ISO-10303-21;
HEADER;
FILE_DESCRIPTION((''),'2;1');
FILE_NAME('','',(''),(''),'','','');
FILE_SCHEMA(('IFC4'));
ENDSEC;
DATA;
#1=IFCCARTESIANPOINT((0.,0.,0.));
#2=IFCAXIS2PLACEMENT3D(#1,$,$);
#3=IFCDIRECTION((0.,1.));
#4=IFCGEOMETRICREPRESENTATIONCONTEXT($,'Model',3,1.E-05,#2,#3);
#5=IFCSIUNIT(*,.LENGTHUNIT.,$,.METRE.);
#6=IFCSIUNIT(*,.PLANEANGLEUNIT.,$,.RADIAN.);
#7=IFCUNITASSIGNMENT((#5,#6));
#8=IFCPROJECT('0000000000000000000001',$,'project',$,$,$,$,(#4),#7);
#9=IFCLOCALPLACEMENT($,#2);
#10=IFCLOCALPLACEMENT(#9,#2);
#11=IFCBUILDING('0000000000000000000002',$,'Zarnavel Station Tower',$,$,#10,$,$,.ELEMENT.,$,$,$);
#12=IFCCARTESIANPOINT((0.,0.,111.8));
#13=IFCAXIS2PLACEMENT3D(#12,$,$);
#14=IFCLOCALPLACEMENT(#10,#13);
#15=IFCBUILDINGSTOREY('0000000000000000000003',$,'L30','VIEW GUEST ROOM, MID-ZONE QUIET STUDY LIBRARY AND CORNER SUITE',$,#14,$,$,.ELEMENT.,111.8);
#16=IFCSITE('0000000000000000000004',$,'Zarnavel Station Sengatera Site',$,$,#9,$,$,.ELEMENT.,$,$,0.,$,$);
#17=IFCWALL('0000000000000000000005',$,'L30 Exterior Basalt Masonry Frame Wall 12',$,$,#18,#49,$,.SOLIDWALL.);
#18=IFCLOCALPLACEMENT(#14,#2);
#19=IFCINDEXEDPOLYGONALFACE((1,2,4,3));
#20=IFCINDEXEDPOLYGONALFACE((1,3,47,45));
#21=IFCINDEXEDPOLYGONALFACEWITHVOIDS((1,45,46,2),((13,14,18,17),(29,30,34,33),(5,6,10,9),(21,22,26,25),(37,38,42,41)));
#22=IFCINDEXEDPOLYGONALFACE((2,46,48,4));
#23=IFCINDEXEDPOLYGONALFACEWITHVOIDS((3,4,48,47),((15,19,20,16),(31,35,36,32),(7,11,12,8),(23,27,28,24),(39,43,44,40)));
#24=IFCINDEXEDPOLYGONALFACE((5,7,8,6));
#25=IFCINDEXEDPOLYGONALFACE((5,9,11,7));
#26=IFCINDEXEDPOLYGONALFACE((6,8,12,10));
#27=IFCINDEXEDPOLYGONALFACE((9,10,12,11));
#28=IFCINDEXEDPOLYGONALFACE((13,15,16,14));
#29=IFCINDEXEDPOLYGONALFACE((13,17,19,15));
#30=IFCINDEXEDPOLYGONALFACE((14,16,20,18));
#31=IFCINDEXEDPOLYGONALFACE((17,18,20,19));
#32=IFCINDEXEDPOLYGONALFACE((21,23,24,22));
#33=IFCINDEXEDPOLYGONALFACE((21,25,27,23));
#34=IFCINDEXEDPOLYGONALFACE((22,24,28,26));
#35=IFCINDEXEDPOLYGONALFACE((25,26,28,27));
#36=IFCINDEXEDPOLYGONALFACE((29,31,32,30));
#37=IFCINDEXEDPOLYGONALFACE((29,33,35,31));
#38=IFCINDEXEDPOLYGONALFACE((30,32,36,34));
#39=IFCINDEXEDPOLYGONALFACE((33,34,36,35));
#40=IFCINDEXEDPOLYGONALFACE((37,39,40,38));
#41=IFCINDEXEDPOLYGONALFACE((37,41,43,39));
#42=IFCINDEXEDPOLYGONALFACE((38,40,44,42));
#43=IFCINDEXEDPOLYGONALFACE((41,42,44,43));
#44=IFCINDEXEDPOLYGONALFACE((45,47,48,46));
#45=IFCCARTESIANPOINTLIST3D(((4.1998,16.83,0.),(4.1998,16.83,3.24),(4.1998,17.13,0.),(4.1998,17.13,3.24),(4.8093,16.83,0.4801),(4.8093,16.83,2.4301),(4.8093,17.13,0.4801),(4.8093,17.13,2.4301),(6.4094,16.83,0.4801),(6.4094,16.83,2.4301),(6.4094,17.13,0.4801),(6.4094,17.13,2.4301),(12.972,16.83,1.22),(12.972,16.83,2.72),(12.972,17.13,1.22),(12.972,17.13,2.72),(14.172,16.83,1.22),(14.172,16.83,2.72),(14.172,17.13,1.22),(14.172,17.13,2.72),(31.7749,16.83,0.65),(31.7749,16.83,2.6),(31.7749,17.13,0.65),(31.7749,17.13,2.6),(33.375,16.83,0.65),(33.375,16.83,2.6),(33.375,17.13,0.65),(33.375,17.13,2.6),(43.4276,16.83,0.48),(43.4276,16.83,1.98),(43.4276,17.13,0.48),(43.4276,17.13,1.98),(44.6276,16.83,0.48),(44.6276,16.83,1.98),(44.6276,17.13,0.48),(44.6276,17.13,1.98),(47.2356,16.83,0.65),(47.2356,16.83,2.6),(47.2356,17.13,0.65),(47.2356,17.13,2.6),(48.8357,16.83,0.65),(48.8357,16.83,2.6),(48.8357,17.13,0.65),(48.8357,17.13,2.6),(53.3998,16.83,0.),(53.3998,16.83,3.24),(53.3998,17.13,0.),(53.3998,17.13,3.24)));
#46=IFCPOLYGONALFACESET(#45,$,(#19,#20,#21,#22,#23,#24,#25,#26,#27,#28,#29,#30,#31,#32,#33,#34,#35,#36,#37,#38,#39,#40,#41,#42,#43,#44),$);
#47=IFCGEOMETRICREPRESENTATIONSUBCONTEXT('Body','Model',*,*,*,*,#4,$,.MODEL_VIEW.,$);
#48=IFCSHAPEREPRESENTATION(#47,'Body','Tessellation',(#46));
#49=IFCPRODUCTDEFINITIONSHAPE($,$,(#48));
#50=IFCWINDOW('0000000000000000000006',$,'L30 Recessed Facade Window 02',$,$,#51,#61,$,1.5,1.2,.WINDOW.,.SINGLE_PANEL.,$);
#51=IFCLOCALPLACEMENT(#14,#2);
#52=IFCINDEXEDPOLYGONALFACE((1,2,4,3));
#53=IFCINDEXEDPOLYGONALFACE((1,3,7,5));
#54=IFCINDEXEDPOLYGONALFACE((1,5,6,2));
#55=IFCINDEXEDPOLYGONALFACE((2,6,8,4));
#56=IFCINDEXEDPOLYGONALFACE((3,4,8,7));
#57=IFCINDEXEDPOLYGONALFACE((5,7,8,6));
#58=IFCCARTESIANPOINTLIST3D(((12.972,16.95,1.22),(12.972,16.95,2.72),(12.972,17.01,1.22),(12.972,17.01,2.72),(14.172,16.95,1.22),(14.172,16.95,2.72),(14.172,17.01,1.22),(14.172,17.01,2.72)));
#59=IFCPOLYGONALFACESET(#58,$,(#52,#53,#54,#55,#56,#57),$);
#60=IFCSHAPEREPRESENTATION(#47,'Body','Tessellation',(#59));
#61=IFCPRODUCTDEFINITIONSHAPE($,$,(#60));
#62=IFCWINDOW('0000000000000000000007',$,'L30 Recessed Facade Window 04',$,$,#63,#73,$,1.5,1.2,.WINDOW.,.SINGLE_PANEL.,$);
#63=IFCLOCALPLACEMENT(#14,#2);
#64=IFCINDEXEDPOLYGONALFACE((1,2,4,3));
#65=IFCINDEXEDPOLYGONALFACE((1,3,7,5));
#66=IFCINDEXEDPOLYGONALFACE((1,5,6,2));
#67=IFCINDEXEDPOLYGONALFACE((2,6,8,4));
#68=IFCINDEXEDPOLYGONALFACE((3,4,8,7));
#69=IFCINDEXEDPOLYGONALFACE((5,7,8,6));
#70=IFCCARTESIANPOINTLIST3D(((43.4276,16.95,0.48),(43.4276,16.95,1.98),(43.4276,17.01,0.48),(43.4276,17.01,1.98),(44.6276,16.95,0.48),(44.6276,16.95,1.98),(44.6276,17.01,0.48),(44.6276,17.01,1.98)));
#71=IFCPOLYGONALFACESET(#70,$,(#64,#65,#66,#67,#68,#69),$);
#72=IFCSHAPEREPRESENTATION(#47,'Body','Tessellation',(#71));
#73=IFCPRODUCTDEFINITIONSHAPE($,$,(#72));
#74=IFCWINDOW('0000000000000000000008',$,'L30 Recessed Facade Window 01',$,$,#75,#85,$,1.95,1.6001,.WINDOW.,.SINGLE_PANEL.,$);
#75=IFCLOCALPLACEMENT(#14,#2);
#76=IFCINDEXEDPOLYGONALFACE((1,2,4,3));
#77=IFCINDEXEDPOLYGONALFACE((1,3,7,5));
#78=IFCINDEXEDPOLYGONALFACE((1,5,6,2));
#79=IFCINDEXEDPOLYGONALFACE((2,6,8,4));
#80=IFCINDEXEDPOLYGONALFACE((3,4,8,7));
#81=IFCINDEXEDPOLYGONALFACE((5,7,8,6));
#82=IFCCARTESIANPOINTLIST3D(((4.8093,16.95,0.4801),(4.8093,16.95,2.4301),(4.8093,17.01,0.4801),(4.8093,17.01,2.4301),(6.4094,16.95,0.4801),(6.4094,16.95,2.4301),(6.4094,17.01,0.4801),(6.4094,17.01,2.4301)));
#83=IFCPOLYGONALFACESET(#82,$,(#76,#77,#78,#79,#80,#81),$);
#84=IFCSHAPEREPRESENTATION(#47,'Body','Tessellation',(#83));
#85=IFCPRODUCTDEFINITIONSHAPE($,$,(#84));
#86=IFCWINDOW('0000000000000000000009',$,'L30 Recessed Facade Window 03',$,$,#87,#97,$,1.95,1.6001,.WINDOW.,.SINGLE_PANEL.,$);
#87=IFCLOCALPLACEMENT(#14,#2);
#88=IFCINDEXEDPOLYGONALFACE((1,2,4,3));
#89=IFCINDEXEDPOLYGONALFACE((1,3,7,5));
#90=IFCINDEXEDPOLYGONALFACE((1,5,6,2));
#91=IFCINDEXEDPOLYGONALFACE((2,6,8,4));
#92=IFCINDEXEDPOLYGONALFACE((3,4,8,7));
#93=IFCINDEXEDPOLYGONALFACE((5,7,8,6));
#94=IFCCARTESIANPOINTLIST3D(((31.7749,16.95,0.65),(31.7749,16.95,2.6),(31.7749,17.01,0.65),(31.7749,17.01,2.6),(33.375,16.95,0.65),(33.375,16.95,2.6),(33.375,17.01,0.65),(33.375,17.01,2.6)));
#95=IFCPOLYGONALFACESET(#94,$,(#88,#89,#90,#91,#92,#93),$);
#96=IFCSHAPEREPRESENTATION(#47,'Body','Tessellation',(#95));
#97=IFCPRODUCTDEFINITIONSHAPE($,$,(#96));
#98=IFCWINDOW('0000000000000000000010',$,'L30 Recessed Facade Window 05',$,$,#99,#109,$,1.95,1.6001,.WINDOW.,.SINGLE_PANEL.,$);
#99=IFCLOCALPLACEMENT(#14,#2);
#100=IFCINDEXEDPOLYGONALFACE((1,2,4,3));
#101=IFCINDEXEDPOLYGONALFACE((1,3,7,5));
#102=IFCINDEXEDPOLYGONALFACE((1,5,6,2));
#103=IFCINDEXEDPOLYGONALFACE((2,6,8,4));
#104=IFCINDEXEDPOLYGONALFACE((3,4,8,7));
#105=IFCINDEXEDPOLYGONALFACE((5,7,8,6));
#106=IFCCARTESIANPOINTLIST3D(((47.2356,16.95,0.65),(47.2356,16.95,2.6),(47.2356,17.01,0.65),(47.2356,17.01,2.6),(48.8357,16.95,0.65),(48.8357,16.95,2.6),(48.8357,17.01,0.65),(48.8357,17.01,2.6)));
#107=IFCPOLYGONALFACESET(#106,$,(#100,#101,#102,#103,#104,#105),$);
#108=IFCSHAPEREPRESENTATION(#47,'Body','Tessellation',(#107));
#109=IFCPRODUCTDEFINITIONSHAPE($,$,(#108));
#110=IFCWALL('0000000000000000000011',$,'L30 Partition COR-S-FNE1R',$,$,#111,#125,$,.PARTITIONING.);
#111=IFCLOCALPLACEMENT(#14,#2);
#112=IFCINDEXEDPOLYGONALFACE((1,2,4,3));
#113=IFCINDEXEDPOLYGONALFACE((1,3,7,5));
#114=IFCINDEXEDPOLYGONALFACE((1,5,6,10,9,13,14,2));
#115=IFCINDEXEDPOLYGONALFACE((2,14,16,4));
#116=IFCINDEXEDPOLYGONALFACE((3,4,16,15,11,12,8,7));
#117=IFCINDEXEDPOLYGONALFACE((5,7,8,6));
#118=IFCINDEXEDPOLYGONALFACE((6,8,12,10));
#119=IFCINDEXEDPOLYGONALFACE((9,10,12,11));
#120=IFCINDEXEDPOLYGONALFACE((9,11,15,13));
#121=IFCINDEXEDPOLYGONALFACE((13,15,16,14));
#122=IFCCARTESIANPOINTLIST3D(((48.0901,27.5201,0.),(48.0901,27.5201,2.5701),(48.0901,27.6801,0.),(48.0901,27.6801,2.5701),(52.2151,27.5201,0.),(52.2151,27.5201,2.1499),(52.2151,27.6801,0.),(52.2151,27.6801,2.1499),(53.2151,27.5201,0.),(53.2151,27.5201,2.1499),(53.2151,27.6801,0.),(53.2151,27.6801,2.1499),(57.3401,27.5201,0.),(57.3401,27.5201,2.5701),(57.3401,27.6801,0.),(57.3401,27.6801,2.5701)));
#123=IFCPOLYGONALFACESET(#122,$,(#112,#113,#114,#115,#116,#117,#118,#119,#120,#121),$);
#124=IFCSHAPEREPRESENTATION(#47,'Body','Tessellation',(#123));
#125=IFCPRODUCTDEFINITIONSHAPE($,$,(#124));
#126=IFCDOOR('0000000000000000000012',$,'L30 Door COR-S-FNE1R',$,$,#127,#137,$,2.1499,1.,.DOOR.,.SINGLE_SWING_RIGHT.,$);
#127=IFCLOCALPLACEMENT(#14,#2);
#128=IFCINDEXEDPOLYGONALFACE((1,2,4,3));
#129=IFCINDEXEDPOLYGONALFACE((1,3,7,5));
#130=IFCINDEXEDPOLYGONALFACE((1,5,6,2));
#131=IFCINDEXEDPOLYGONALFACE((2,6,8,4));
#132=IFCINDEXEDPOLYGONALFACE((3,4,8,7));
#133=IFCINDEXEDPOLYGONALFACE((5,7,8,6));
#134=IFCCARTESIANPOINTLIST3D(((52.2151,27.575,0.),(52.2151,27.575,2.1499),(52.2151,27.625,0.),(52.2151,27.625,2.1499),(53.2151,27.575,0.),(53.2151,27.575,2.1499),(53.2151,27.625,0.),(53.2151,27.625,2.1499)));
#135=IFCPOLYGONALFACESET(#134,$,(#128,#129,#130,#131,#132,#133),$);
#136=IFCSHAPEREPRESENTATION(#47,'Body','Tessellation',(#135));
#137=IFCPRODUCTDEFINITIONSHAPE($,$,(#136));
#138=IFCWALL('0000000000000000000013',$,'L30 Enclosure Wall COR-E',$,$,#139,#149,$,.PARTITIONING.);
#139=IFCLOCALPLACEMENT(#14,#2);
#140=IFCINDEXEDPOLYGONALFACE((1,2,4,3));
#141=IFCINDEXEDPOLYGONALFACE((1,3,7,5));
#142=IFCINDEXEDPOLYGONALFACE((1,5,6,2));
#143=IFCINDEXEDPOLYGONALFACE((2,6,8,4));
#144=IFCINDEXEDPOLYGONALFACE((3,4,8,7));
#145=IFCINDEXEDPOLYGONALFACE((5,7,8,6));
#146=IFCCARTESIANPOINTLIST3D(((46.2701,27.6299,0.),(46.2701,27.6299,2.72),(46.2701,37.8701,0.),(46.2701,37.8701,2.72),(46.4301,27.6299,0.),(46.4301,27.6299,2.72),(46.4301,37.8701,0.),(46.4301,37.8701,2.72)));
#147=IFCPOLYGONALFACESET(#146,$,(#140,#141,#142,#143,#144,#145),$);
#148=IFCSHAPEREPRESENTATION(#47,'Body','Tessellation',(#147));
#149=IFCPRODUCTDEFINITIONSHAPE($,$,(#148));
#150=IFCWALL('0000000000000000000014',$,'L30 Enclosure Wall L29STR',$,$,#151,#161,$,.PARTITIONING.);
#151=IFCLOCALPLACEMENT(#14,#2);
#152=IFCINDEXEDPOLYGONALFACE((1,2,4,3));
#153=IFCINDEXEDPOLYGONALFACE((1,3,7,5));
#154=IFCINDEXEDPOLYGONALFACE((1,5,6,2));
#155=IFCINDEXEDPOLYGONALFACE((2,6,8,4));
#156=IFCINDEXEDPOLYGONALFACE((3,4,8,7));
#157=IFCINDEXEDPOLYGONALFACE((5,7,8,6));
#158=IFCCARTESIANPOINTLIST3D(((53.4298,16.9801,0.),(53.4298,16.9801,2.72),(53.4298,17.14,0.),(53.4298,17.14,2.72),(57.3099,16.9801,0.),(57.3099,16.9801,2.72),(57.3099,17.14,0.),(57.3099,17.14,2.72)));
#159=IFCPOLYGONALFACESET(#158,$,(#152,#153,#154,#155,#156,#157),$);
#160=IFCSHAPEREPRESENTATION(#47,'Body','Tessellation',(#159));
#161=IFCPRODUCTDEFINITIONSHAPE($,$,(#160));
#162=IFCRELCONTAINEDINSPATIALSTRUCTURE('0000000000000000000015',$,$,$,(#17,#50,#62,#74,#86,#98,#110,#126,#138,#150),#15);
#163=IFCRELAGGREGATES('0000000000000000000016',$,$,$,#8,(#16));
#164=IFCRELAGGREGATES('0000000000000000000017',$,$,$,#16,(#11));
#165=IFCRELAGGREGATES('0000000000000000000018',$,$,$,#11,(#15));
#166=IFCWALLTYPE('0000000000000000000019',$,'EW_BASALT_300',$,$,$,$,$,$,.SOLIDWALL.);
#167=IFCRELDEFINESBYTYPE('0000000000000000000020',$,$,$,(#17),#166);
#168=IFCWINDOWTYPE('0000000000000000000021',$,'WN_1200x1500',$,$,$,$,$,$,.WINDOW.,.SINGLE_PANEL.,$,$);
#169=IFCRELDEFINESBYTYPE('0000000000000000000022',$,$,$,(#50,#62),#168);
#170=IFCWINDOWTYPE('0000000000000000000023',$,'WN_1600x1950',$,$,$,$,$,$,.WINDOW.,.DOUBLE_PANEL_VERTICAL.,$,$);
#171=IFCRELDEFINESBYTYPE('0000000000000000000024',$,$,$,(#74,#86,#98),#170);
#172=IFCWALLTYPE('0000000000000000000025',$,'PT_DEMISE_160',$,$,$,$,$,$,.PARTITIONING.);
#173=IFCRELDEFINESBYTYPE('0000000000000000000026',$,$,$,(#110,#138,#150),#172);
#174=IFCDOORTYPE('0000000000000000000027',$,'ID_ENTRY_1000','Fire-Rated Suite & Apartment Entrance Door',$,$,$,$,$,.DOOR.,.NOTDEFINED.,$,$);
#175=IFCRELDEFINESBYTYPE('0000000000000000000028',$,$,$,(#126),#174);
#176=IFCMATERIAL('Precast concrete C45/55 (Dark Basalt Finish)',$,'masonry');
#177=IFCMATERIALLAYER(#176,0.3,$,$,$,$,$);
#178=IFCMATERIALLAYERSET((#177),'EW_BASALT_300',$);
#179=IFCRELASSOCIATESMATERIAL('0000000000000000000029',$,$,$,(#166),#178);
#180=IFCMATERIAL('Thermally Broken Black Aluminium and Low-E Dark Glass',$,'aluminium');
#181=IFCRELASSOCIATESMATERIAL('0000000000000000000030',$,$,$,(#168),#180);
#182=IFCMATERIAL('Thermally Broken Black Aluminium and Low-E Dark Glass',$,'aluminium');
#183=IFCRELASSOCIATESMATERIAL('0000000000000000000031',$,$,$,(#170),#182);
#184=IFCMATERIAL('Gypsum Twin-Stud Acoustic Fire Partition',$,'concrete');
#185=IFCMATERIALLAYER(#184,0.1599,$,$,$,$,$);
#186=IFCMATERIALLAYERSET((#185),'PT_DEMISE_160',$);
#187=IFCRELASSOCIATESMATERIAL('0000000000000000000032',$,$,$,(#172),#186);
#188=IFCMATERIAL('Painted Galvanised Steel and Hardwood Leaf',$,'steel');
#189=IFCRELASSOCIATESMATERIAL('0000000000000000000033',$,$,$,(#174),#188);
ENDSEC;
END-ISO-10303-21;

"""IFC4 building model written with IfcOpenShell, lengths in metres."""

from ifc_helpers import new_model, si_unit, direction, frame, frame_2d, origin, place, context, subcontext, project, spatial, rectangle, extrude, material, layer, layer_set, type_object, element, fill, save


model = new_model("IFC4")

# Units and contexts
model_context = context("Model", 3, precision=1e-05, world=origin(), true_north=direction((0.0, 1.0)))
body_context = subcontext(model_context, "Body", "Model", "MODEL_VIEW")
ifc_project = project(units=[si_unit("LENGTHUNIT", "METRE"), si_unit("PLANEANGLEUNIT", "RADIAN")], contexts=[model_context])

# Site, building, storey
site_placement = place(None, origin())
site = spatial("IfcSite", under=ifc_project, at=site_placement, Name="Zarnavel Station Sengatera Site", CompositionType="ELEMENT", RefElevation=0.0)
building_placement = place(site_placement, origin())
building = spatial("IfcBuilding", under=site, at=building_placement, Name="Zarnavel Station Tower", CompositionType="ELEMENT")
storey_placement = place(building_placement, frame((0.0, 0.0, 111.8)))
storey = spatial("IfcBuildingStorey", under=building, at=storey_placement, Name="L30", Description="VIEW GUEST ROOM, MID-ZONE QUIET STUDY LIBRARY AND CORNER SUITE", CompositionType="ELEMENT", Elevation=111.8)

# Shared definitions
ifc_material_1 = material(Name="Precast concrete C45/55 (Dark Basalt Finish)", Category="masonry")
ifc_layer_1 = layer(ifc_material_1, 0.3)
ifc_layer_set_1 = layer_set([ifc_layer_1], Name="EW_BASALT_300")
wall_type_1 = type_object("IfcWallType", Name="EW_BASALT_300", PredefinedType="SOLIDWALL", material=ifc_layer_set_1)

# Wall, openings, windows
wall_1_placement = place(storey_placement, frame((53.3999, 16.98, 0.0), z_axis=(0.0, 0.0, 1.0), x_axis=(-1.0, 0.0, 0.0)))
wall_1 = element("IfcWall", 1, at=wall_1_placement, inside=storey, type_object=wall_type_1, Name="L30 Exterior Basalt Masonry Frame Wall 12", PredefinedType="SOLIDWALL", context=body_context, shape_type="SweptSolid", body=[
    extrude(rectangle(XDim=49.2, YDim=0.3, at=frame_2d((24.6001, 0.0))), origin(), (0.0, 0.0, 1.0), 3.24),
])
opening_1_placement = place(wall_1_placement, frame((46.9905, 0.0, 0.48)))
opening_1 = element("IfcOpeningElement", 2, at=opening_1_placement, cuts=wall_1, PredefinedType="OPENING", context=body_context, shape_type="SweptSolid", body=[
    extrude(rectangle(XDim=1.6001, YDim=1.95, at=frame_2d((0.8, 0.9751))), frame((0.0, 0.1599, 0.0), z_axis=(0.0, -1.0, 0.0), x_axis=(1.0, 0.0, 0.0)), (0.0, 0.0, 1.0), 0.3201),
])
opening_2_placement = place(wall_1_placement, frame((39.2278, 0.0, 1.22)))
opening_2 = element("IfcOpeningElement", 3, at=opening_2_placement, cuts=wall_1, PredefinedType="OPENING", context=body_context, shape_type="SweptSolid", body=[
    extrude(rectangle(XDim=1.2, YDim=1.5, at=frame_2d((0.6001, 0.75))), frame((0.0, 0.1599, 0.0), z_axis=(0.0, -1.0, 0.0), x_axis=(1.0, 0.0, 0.0)), (0.0, 0.0, 1.0), 0.3201),
])
opening_3_placement = place(wall_1_placement, frame((20.0249, 0.0, 0.6499)))
opening_3 = element("IfcOpeningElement", 4, at=opening_3_placement, cuts=wall_1, PredefinedType="OPENING", context=body_context, shape_type="SweptSolid", body=[
    extrude(rectangle(XDim=1.6001, YDim=1.95, at=frame_2d((0.8, 0.9751))), frame((0.0, 0.1599, 0.0), z_axis=(0.0, -1.0, 0.0), x_axis=(1.0, 0.0, 0.0)), (0.0, 0.0, 1.0), 0.3201),
])
opening_4_placement = place(wall_1_placement, frame((8.7722, 0.0, 0.48)))
opening_4 = element("IfcOpeningElement", 5, at=opening_4_placement, cuts=wall_1, PredefinedType="OPENING", context=body_context, shape_type="SweptSolid", body=[
    extrude(rectangle(XDim=1.2, YDim=1.5, at=frame_2d((0.6001, 0.75))), frame((0.0, 0.1599, 0.0), z_axis=(0.0, -1.0, 0.0), x_axis=(1.0, 0.0, 0.0)), (0.0, 0.0, 1.0), 0.3201),
])
opening_5_placement = place(wall_1_placement, frame((4.5642, 0.0, 0.6499)))
opening_5 = element("IfcOpeningElement", 6, at=opening_5_placement, cuts=wall_1, PredefinedType="OPENING", context=body_context, shape_type="SweptSolid", body=[
    extrude(rectangle(XDim=1.6001, YDim=1.95, at=frame_2d((0.8, 0.9751))), frame((0.0, 0.1599, 0.0), z_axis=(0.0, -1.0, 0.0), x_axis=(1.0, 0.0, 0.0)), (0.0, 0.0, 1.0), 0.3201),
])
ifc_material_2 = material(Name="Thermally Broken Black Aluminium and Low-E Dark Glass", Category="aluminium")
window_type_1 = type_object("IfcWindowType", Name="WN_1200x1500", PartitioningType="SINGLE_PANEL", PredefinedType="WINDOW", material=ifc_material_2)
window_1_placement = place(opening_2_placement, origin())
window_1 = element("IfcWindow", 7, at=window_1_placement, inside=storey, type_object=window_type_1, Name="L30 Recessed Facade Window 02", OverallHeight=1.5, OverallWidth=1.2, PartitioningType="SINGLE_PANEL", PredefinedType="WINDOW", context=body_context, shape_type="SweptSolid", body=[
    extrude(rectangle(XDim=1.2, YDim=1.5, at=frame_2d((0.6001, 0.75))), frame((0.0, 0.03, 0.0), z_axis=(0.0, -1.0, 0.0), x_axis=(1.0, 0.0, 0.0)), (0.0, 0.0, 1.0), 0.0601),
])
fill(opening_2, window_1)
window_2_placement = place(opening_4_placement, origin())
window_2 = element("IfcWindow", 8, at=window_2_placement, inside=storey, type_object=window_type_1, Name="L30 Recessed Facade Window 04", OverallHeight=1.5, OverallWidth=1.2, PartitioningType="SINGLE_PANEL", PredefinedType="WINDOW", context=body_context, shape_type="SweptSolid", body=[
    extrude(rectangle(XDim=1.2, YDim=1.5, at=frame_2d((0.6001, 0.75))), frame((0.0, 0.03, 0.0), z_axis=(0.0, -1.0, 0.0), x_axis=(1.0, 0.0, 0.0)), (0.0, 0.0, 1.0), 0.0601),
])
fill(opening_4, window_2)
ifc_material_3 = material(Name="Thermally Broken Black Aluminium and Low-E Dark Glass", Category="aluminium")
window_type_2 = type_object("IfcWindowType", Name="WN_1600x1950", PartitioningType="DOUBLE_PANEL_VERTICAL", PredefinedType="WINDOW", material=ifc_material_3)
window_3_placement = place(opening_1_placement, origin())
window_3 = element("IfcWindow", 9, at=window_3_placement, inside=storey, type_object=window_type_2, Name="L30 Recessed Facade Window 01", OverallHeight=1.95, OverallWidth=1.6001, PartitioningType="SINGLE_PANEL", PredefinedType="WINDOW", context=body_context, shape_type="SweptSolid", body=[
    extrude(rectangle(XDim=1.6001, YDim=1.95, at=frame_2d((0.8, 0.9751))), frame((0.0, 0.03, 0.0), z_axis=(0.0, -1.0, 0.0), x_axis=(1.0, 0.0, 0.0)), (0.0, 0.0, 1.0), 0.0601),
])
fill(opening_1, window_3)
window_4_placement = place(opening_3_placement, origin())
window_4 = element("IfcWindow", 10, at=window_4_placement, inside=storey, type_object=window_type_2, Name="L30 Recessed Facade Window 03", OverallHeight=1.95, OverallWidth=1.6001, PartitioningType="SINGLE_PANEL", PredefinedType="WINDOW", context=body_context, shape_type="SweptSolid", body=[
    extrude(rectangle(XDim=1.6001, YDim=1.95, at=frame_2d((0.8, 0.9751))), frame((0.0, 0.03, 0.0), z_axis=(0.0, -1.0, 0.0), x_axis=(1.0, 0.0, 0.0)), (0.0, 0.0, 1.0), 0.0601),
])
fill(opening_3, window_4)
window_5_placement = place(opening_5_placement, origin())
window_5 = element("IfcWindow", 11, at=window_5_placement, inside=storey, type_object=window_type_2, Name="L30 Recessed Facade Window 05", OverallHeight=1.95, OverallWidth=1.6001, PartitioningType="SINGLE_PANEL", PredefinedType="WINDOW", context=body_context, shape_type="SweptSolid", body=[
    extrude(rectangle(XDim=1.6001, YDim=1.95, at=frame_2d((0.8, 0.9751))), frame((0.0, 0.03, 0.0), z_axis=(0.0, -1.0, 0.0), x_axis=(1.0, 0.0, 0.0)), (0.0, 0.0, 1.0), 0.0601),
])
fill(opening_5, window_5)

# Wall, opening, door
ifc_material_4 = material(Name="Gypsum Twin-Stud Acoustic Fire Partition", Category="concrete")
ifc_layer_2 = layer(ifc_material_4, 0.1599)
ifc_layer_set_2 = layer_set([ifc_layer_2], Name="PT_DEMISE_160")
wall_type_2 = type_object("IfcWallType", Name="PT_DEMISE_160", PredefinedType="PARTITIONING", material=ifc_layer_set_2)
wall_2_placement = place(storey_placement, frame((48.0901, 27.6001, 0.0), z_axis=(0.0, 0.0, 1.0), x_axis=(1.0, 0.0, 0.0)))
wall_2 = element("IfcWall", 12, at=wall_2_placement, inside=storey, type_object=wall_type_2, Name="L30 Partition COR-S-FNE1R", PredefinedType="PARTITIONING", context=body_context, shape_type="SweptSolid", body=[
    extrude(rectangle(XDim=9.25, YDim=0.1599, at=frame_2d((4.625, 0.0))), origin(), (0.0, 0.0, 1.0), 2.5701),
])
opening_6_placement = place(wall_2_placement, frame((4.125, 0.0, 0.0)))
opening_6 = element("IfcOpeningElement", 13, at=opening_6_placement, cuts=wall_2, PredefinedType="OPENING", context=body_context, shape_type="SweptSolid", body=[
    extrude(rectangle(XDim=1.0, YDim=2.1499, at=frame_2d((0.5, 1.075))), frame((0.0, 0.0898, 0.0), z_axis=(0.0, -1.0, 0.0), x_axis=(1.0, 0.0, 0.0)), (0.0, 0.0, 1.0), 0.1799),
])
ifc_material_5 = material(Name="Painted Galvanised Steel and Hardwood Leaf", Category="steel")
door_type_1 = type_object("IfcDoorType", Name="ID_ENTRY_1000", Description="Fire-Rated Suite & Apartment Entrance Door", OperationType="NOTDEFINED", PredefinedType="DOOR", material=ifc_material_5)
door_1_placement = place(opening_6_placement, origin())
door_1 = element("IfcDoor", 14, at=door_1_placement, inside=storey, type_object=door_type_1, Name="L30 Door COR-S-FNE1R", OperationType="SINGLE_SWING_RIGHT", OverallHeight=2.1499, OverallWidth=1.0, PredefinedType="DOOR", context=body_context, shape_type="SweptSolid", body=[
    extrude(rectangle(XDim=1.0, YDim=2.1499, at=frame_2d((0.5, 1.075))), frame((0.0, 0.0249, 0.0), z_axis=(0.0, -1.0, 0.0), x_axis=(1.0, 0.0, 0.0)), (0.0, 0.0, 1.0), 0.05),
])
fill(opening_6, door_1)

# Walls
wall_3_placement = place(storey_placement, frame((46.3501, 27.6299, 0.0), z_axis=(0.0, 0.0, 1.0), x_axis=(0.0, 1.0, 0.0)))
element("IfcWall", 15, at=wall_3_placement, inside=storey, type_object=wall_type_2, Name="L30 Enclosure Wall COR-E", PredefinedType="PARTITIONING", context=body_context, shape_type="SweptSolid", body=[
    extrude(rectangle(XDim=10.2402, YDim=0.1599, at=frame_2d((5.1201, 0.0))), origin(), (0.0, 0.0, 1.0), 2.72),
])
wall_4_placement = place(storey_placement, frame((53.4299, 17.0601, 0.0), z_axis=(0.0, 0.0, 1.0), x_axis=(1.0, 0.0, 0.0)))
element("IfcWall", 16, at=wall_4_placement, inside=storey, type_object=wall_type_2, Name="L30 Enclosure Wall L29STR", PredefinedType="PARTITIONING", context=body_context, shape_type="SweptSolid", body=[
    extrude(rectangle(XDim=3.8801, YDim=0.1599, at=frame_2d((1.9399, 0.0))), origin(), (0.0, 0.0, 1.0), 2.72),
])

save(model, "model.ifc")
